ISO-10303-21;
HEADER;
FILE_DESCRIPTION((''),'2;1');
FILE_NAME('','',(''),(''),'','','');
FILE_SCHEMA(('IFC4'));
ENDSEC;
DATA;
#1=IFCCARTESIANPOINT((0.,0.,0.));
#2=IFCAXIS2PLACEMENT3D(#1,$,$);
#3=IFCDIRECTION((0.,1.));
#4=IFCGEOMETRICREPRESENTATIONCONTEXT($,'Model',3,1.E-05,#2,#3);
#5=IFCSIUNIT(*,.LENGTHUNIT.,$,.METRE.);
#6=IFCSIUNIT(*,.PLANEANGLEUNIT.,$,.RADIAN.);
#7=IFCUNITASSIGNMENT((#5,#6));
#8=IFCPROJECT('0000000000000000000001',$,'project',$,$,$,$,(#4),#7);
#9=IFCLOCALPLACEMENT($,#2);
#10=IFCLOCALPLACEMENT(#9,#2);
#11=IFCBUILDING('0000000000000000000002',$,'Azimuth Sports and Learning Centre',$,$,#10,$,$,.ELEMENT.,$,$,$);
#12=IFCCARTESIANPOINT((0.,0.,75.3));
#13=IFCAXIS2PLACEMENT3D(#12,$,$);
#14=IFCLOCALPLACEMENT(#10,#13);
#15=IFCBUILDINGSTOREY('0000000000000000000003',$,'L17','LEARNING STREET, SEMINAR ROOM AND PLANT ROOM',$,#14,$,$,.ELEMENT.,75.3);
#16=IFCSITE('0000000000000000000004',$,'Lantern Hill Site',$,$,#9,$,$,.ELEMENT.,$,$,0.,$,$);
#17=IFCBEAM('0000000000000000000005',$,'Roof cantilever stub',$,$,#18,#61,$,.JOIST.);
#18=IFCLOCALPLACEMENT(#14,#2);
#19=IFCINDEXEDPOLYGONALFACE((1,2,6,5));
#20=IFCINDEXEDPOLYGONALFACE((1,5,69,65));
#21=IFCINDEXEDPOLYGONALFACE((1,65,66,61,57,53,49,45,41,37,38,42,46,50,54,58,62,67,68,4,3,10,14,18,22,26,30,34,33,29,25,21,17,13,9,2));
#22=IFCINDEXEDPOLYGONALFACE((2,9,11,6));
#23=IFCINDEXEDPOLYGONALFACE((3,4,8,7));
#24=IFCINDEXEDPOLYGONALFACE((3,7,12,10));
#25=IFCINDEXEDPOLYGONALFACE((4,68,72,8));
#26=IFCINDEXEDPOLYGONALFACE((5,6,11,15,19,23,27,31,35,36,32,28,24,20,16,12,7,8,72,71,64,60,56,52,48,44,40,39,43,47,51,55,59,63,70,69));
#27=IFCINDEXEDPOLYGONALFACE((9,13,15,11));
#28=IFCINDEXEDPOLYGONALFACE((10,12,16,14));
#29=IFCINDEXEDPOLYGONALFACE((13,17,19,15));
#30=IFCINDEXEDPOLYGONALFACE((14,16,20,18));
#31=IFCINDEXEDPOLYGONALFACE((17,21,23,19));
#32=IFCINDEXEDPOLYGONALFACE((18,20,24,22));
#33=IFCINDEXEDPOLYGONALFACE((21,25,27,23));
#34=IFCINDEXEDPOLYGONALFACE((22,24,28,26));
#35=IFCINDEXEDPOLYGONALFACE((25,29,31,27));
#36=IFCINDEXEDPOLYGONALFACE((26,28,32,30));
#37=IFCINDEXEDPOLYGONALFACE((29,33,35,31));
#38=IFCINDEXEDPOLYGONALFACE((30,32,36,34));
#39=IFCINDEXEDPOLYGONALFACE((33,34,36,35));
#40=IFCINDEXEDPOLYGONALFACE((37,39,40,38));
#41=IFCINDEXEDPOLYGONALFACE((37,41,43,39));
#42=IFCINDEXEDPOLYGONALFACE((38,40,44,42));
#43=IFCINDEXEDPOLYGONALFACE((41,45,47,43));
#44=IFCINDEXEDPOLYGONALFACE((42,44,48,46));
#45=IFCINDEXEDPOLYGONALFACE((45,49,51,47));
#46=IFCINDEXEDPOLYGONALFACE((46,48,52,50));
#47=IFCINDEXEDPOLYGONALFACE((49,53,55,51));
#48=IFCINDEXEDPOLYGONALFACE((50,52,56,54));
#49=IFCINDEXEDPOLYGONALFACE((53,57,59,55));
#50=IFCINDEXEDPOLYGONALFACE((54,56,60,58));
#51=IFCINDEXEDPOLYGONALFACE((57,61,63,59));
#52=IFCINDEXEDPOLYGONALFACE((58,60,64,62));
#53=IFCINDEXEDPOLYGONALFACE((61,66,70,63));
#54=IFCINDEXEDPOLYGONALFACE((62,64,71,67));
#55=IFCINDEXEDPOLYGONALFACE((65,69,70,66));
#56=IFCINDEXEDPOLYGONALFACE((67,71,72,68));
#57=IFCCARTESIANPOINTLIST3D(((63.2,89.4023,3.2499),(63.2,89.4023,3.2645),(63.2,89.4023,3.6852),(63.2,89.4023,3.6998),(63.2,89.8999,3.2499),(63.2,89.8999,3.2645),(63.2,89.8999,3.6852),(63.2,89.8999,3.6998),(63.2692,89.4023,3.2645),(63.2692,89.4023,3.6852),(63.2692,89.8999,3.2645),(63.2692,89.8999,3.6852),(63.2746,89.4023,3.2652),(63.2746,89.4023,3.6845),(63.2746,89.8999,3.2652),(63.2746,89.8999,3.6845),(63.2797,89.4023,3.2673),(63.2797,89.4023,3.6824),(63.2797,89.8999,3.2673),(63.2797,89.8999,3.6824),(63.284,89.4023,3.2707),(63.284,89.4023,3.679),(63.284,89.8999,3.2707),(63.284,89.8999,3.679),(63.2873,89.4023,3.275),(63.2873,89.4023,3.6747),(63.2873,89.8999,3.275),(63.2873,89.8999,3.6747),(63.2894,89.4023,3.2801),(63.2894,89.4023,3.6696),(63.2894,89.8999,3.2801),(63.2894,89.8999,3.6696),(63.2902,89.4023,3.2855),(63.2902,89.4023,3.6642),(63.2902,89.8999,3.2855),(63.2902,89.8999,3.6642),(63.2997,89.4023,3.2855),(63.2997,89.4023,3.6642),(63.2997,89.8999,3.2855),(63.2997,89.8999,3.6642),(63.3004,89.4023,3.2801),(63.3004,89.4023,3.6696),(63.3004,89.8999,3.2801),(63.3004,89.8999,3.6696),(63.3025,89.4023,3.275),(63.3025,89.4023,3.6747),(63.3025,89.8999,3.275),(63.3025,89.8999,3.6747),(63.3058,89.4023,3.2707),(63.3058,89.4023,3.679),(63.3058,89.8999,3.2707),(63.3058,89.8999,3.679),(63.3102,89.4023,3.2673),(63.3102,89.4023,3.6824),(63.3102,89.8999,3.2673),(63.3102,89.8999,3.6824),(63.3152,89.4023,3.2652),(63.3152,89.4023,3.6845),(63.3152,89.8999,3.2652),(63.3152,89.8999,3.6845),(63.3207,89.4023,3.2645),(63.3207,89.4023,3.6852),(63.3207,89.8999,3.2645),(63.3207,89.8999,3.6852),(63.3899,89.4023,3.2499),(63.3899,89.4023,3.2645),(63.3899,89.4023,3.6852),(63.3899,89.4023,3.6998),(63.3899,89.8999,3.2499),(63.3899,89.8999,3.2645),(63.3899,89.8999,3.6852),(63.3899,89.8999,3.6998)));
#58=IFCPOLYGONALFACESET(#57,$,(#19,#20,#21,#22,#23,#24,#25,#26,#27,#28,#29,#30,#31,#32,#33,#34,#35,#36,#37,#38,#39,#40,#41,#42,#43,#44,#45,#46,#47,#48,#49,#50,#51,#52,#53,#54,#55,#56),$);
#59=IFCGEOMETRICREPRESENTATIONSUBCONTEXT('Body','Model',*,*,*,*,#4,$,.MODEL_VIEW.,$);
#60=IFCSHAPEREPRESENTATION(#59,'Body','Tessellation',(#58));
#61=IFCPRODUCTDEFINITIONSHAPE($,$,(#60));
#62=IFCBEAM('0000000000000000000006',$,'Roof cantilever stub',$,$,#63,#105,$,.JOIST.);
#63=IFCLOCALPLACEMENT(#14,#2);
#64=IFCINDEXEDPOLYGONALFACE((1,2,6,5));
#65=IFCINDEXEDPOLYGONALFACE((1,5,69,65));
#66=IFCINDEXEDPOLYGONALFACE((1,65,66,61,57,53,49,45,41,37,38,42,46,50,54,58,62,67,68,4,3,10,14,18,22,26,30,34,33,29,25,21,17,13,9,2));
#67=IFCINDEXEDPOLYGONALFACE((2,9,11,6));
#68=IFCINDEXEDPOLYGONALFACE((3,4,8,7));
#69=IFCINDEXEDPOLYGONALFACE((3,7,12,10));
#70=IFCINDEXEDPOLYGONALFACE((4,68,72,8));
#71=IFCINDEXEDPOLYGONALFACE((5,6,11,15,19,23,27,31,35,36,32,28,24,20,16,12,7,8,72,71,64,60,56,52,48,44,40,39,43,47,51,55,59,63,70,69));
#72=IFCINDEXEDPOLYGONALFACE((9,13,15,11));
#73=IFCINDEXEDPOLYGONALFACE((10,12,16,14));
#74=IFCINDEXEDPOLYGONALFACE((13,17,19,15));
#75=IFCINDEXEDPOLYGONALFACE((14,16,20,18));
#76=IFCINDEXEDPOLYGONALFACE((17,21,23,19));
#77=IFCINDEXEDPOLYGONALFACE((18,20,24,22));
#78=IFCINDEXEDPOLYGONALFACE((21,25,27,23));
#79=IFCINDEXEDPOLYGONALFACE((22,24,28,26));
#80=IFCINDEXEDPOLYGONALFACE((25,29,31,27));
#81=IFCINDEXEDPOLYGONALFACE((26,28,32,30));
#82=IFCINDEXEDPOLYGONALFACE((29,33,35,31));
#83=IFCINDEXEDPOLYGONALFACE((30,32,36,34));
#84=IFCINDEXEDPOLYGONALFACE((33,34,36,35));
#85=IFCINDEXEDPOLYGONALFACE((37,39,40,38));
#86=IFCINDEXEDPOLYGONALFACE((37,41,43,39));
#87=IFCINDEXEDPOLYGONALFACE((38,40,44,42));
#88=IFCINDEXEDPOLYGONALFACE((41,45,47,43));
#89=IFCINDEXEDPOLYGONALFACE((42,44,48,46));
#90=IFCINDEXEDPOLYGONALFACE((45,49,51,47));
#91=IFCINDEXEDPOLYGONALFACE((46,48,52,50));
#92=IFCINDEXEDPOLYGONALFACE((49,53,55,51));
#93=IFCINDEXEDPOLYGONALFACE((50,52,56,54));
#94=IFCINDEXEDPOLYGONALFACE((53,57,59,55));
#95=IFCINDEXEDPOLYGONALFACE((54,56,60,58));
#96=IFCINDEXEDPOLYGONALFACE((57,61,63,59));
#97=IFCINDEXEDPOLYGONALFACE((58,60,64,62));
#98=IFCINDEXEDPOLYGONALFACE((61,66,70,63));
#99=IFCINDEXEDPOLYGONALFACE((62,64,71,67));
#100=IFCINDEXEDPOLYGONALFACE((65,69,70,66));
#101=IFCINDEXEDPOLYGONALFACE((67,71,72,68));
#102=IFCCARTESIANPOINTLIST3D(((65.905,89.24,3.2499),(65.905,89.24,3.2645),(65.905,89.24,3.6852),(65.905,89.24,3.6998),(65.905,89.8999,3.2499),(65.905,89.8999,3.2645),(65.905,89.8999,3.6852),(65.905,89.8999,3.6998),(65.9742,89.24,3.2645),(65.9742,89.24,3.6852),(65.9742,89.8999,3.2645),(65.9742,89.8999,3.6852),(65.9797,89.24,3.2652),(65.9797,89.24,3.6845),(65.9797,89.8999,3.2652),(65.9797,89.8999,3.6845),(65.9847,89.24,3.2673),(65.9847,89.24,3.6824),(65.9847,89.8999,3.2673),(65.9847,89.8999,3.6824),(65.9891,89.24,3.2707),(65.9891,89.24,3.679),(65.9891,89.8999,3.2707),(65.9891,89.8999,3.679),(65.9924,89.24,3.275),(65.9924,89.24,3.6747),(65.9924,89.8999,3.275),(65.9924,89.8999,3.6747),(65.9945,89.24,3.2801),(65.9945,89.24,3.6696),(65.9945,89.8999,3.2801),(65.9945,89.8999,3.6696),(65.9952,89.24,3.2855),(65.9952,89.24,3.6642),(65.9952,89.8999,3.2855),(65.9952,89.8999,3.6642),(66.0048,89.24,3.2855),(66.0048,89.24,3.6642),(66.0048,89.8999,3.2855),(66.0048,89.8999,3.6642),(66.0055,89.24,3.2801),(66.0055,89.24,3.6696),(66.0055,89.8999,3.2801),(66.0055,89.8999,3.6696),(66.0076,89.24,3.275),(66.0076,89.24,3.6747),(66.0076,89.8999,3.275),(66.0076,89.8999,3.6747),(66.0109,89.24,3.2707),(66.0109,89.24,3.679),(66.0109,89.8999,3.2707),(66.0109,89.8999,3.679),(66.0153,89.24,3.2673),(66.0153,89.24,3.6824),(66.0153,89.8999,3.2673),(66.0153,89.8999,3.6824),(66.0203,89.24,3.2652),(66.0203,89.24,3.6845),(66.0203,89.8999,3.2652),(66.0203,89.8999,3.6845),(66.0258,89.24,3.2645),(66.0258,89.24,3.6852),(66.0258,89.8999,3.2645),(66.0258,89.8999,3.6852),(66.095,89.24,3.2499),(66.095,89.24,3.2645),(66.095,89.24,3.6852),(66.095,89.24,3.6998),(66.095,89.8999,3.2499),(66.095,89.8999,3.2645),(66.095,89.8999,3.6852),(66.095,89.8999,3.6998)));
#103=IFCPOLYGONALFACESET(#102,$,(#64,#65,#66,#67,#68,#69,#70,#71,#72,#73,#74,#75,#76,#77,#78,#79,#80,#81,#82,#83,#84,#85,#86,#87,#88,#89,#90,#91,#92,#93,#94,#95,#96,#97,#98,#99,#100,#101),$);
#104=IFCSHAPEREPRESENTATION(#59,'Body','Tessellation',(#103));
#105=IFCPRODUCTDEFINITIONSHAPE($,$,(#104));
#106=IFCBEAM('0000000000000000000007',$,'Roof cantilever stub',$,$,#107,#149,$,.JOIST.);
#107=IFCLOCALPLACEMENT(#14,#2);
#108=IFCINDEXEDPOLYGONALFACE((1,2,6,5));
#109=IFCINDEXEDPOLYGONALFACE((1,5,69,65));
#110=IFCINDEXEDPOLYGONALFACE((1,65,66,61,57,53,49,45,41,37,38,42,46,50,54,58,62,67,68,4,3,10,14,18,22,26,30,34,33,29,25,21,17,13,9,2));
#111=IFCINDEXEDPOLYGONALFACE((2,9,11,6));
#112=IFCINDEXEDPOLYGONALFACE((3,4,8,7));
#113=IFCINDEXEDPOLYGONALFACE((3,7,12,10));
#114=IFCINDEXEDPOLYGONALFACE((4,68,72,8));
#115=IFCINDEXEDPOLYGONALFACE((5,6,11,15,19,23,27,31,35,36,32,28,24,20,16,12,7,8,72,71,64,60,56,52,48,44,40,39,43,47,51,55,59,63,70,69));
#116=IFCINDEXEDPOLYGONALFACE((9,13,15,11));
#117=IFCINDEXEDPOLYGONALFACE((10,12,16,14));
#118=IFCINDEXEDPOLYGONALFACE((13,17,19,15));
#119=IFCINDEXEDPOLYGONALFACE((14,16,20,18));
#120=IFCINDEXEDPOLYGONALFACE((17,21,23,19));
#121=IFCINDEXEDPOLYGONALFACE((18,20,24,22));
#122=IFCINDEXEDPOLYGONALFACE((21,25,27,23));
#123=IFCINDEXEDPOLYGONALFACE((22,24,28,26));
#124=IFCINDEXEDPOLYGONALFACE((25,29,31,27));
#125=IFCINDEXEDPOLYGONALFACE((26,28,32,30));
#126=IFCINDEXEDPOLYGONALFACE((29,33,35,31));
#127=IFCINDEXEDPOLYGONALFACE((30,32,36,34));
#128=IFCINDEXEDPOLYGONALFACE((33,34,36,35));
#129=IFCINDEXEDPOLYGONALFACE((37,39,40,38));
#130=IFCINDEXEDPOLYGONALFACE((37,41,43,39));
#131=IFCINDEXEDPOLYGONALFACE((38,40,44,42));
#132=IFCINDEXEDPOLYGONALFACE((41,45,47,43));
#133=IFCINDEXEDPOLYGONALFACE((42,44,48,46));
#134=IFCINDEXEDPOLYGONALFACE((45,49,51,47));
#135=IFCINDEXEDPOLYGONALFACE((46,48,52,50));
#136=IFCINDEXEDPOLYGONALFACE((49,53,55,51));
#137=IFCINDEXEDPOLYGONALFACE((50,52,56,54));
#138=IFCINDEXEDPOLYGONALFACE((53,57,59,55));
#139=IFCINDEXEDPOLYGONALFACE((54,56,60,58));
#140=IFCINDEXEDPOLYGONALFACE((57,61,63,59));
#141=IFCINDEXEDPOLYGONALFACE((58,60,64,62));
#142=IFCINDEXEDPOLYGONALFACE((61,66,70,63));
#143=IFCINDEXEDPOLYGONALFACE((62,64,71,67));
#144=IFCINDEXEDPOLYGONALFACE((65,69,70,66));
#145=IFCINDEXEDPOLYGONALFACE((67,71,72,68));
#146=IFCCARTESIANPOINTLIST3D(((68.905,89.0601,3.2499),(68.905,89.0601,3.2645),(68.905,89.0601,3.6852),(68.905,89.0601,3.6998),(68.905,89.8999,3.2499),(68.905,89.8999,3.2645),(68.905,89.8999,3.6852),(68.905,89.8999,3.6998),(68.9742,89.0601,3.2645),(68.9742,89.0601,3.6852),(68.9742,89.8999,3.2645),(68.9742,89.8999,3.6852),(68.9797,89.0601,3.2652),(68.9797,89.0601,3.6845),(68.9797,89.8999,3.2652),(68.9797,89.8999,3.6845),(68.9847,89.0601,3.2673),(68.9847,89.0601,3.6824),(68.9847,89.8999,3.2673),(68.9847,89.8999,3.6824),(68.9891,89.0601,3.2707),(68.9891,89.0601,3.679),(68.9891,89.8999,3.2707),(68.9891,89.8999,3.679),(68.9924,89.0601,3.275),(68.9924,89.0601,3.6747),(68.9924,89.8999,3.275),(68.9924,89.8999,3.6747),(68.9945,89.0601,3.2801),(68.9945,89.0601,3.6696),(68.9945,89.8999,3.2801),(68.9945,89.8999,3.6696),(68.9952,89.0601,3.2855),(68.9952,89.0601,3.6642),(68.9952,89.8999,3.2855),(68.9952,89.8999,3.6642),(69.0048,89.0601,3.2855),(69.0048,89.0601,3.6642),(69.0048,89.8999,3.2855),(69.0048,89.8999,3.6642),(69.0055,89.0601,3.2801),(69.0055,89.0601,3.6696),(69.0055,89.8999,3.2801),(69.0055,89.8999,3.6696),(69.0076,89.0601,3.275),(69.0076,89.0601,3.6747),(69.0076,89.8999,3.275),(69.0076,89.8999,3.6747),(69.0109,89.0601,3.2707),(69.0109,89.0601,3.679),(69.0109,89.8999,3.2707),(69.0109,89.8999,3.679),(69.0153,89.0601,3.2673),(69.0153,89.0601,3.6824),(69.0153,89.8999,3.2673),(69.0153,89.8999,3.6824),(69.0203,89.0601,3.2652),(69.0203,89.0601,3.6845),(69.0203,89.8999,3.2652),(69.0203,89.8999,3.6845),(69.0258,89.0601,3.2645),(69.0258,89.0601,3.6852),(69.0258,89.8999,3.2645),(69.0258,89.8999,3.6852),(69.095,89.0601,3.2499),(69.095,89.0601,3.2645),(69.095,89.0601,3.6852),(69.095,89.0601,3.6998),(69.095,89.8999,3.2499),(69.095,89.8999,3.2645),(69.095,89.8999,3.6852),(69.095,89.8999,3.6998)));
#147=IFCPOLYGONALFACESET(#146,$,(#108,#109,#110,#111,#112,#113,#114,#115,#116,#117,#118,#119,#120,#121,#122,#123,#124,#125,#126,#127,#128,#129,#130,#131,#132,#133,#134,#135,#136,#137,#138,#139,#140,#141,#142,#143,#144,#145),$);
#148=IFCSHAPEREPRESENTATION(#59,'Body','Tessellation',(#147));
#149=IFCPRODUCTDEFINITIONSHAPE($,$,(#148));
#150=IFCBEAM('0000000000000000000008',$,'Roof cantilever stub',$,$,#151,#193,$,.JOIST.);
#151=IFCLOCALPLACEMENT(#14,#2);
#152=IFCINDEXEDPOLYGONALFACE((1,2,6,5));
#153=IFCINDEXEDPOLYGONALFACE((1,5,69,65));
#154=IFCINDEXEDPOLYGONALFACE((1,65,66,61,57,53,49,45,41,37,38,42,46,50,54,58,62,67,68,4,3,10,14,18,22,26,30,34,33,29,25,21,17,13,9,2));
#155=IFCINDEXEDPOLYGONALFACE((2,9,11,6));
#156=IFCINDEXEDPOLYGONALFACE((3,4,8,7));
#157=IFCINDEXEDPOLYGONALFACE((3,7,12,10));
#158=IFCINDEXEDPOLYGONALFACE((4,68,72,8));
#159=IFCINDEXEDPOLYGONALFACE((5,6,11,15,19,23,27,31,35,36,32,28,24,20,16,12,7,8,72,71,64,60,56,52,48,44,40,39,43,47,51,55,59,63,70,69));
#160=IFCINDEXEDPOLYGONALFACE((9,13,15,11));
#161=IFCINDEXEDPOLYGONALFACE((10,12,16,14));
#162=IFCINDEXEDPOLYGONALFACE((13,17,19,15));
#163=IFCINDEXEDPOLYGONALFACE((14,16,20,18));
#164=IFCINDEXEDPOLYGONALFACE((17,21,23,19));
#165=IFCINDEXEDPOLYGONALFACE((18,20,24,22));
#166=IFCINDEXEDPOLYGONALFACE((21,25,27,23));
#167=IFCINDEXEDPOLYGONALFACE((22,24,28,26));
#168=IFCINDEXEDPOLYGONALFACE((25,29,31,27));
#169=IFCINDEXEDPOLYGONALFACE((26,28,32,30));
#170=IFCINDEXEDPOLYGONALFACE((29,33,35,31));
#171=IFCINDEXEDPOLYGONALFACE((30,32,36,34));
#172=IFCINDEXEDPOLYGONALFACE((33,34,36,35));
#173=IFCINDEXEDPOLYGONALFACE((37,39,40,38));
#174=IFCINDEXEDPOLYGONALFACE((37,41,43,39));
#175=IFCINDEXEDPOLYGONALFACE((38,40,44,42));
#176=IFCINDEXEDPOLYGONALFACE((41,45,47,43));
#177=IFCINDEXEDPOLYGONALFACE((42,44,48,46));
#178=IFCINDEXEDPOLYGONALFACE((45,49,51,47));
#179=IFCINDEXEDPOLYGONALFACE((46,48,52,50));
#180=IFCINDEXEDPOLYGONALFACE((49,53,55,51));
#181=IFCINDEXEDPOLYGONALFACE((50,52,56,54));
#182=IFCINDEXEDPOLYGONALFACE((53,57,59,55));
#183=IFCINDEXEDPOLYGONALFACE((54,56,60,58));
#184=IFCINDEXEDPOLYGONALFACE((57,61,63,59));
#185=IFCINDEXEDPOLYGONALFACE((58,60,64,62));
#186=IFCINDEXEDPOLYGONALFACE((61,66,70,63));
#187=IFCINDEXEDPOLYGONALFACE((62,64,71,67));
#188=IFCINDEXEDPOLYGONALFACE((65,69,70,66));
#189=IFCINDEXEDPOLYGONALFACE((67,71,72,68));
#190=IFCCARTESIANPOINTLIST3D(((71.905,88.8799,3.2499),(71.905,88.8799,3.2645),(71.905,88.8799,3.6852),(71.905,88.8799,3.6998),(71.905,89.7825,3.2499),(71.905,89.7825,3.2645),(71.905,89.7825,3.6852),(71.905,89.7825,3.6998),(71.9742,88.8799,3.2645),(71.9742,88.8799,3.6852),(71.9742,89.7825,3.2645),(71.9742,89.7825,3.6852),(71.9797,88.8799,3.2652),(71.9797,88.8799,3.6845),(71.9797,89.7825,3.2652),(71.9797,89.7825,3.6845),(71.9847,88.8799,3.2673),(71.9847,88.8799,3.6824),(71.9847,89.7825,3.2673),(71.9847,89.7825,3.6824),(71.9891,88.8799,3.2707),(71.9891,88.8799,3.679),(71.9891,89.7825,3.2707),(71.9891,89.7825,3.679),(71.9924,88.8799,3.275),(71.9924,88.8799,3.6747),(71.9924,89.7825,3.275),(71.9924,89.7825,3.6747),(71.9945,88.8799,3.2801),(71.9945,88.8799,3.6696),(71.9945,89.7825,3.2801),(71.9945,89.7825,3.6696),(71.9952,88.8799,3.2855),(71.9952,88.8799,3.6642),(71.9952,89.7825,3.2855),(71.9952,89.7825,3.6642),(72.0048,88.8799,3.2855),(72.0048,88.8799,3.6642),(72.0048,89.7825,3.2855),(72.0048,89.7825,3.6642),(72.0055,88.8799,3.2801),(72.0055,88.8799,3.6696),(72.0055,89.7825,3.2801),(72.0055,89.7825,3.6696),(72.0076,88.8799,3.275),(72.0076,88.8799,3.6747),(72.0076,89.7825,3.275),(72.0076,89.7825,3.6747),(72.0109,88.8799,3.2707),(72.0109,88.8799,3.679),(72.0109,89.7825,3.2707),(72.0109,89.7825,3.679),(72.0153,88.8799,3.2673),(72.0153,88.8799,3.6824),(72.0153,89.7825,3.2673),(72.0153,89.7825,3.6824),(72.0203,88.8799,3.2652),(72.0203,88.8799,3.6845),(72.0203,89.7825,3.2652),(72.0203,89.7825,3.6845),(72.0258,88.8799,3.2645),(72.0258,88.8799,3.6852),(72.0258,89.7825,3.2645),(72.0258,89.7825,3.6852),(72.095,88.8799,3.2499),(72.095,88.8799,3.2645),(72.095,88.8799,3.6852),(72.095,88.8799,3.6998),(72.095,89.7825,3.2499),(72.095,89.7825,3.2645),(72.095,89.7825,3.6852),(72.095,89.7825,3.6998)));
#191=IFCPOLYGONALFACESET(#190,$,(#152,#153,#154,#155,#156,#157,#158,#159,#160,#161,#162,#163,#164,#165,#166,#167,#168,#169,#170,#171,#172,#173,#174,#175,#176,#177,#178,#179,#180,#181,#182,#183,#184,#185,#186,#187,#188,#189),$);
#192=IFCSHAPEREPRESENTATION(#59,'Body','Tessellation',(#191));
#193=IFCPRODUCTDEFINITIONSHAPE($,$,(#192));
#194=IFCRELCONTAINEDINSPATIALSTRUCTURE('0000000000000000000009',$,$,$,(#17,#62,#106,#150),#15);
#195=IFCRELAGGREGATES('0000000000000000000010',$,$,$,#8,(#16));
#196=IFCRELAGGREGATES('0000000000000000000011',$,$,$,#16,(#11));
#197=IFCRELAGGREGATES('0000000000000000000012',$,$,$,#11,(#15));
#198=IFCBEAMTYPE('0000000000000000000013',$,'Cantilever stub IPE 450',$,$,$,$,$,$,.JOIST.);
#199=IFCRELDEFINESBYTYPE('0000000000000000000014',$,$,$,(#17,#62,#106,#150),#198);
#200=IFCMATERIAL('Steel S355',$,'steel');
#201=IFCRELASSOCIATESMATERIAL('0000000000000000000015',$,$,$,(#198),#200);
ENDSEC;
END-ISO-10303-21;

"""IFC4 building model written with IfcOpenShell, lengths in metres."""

from ifc_helpers import new_model, si_unit, direction, frame, origin, origin_2d, place, context, subcontext, project, spatial, i_section, extrude, material, material_profile, profile_set, type_object, element, save


model = new_model("IFC4")

# Units and contexts
model_context = context("Model", 3, precision=1e-05, world=origin(), true_north=direction((0.0, 1.0)))
body_context = subcontext(model_context, "Body", "Model", "MODEL_VIEW")
ifc_project = project(units=[si_unit("LENGTHUNIT", "METRE"), si_unit("PLANEANGLEUNIT", "RADIAN")], contexts=[model_context])

# Site, building, storey
site_placement = place(None, origin())
site = spatial("IfcSite", under=ifc_project, at=site_placement, Name="Lantern Hill Site", CompositionType="ELEMENT", RefElevation=0.0)
building_placement = place(site_placement, origin())
building = spatial("IfcBuilding", under=site, at=building_placement, Name="Azimuth Sports and Learning Centre", CompositionType="ELEMENT")
storey_placement = place(building_placement, frame((0.0, 0.0, 75.3)))
storey = spatial("IfcBuildingStorey", under=building, at=storey_placement, Name="L17", Description="LEARNING STREET, SEMINAR ROOM AND PLANT ROOM", CompositionType="ELEMENT", Elevation=75.3)

# Beams
ifc_material_1 = material(Name="Steel S355", Category="steel")
ifc_material_profile_1 = material_profile(ifc_material_1, i_section(OverallWidth=0.1899, OverallDepth=0.45, WebThickness=0.0095, FlangeThickness=0.0146, FilletRadius=0.021, at=origin_2d()), Name="IPE 450")
ifc_profile_set_1 = profile_set([ifc_material_profile_1], Name="Steel S355")
beam_type_1 = type_object("IfcBeamType", Name="Cantilever stub IPE 450", PredefinedType="JOIST", material=ifc_profile_set_1)
beam_1_placement = place(storey_placement, frame((63.2949, 89.8999, 3.4749), z_axis=(0.0, -1.0, 0.0), x_axis=(1.0, 0.0, 0.0)))
element("IfcBeam", 1, at=beam_1_placement, inside=storey, type_object=beam_type_1, Name="Roof cantilever stub", PredefinedType="JOIST", context=body_context, shape_type="SweptSolid", body=[
    extrude(i_section(OverallWidth=0.1899, OverallDepth=0.45, WebThickness=0.0095, FlangeThickness=0.0146, FilletRadius=0.021, at=origin_2d()), origin(), (0.0, 0.0, 1.0), 0.4976),
])
beam_2_placement = place(storey_placement, frame((66.0, 89.8999, 3.4749), z_axis=(0.0, -1.0, 0.0), x_axis=(1.0, 0.0, 0.0)))
element("IfcBeam", 2, at=beam_2_placement, inside=storey, type_object=beam_type_1, Name="Roof cantilever stub", PredefinedType="JOIST", context=body_context, shape_type="SweptSolid", body=[
    extrude(i_section(OverallWidth=0.1899, OverallDepth=0.45, WebThickness=0.0095, FlangeThickness=0.0146, FilletRadius=0.021, at=origin_2d()), origin(), (0.0, 0.0, 1.0), 0.6599),
])
beam_3_placement = place(storey_placement, frame((69.0, 89.8999, 3.4749), z_axis=(0.0, -1.0, 0.0), x_axis=(1.0, 0.0, 0.0)))
element("IfcBeam", 3, at=beam_3_placement, inside=storey, type_object=beam_type_1, Name="Roof cantilever stub", PredefinedType="JOIST", context=body_context, shape_type="SweptSolid", body=[
    extrude(i_section(OverallWidth=0.1899, OverallDepth=0.45, WebThickness=0.0095, FlangeThickness=0.0146, FilletRadius=0.021, at=origin_2d()), origin(), (0.0, 0.0, 1.0), 0.8398),
])
beam_4_placement = place(storey_placement, frame((72.0, 89.7825, 3.4749), z_axis=(0.0, -1.0, 0.0), x_axis=(1.0, 0.0, 0.0)))
element("IfcBeam", 4, at=beam_4_placement, inside=storey, type_object=beam_type_1, Name="Roof cantilever stub", PredefinedType="JOIST", context=body_context, shape_type="SweptSolid", body=[
    extrude(i_section(OverallWidth=0.1899, OverallDepth=0.45, WebThickness=0.0095, FlangeThickness=0.0146, FilletRadius=0.021, at=origin_2d()), origin(), (0.0, 0.0, 1.0), 0.9026),
])

save(model, "model.ifc")
